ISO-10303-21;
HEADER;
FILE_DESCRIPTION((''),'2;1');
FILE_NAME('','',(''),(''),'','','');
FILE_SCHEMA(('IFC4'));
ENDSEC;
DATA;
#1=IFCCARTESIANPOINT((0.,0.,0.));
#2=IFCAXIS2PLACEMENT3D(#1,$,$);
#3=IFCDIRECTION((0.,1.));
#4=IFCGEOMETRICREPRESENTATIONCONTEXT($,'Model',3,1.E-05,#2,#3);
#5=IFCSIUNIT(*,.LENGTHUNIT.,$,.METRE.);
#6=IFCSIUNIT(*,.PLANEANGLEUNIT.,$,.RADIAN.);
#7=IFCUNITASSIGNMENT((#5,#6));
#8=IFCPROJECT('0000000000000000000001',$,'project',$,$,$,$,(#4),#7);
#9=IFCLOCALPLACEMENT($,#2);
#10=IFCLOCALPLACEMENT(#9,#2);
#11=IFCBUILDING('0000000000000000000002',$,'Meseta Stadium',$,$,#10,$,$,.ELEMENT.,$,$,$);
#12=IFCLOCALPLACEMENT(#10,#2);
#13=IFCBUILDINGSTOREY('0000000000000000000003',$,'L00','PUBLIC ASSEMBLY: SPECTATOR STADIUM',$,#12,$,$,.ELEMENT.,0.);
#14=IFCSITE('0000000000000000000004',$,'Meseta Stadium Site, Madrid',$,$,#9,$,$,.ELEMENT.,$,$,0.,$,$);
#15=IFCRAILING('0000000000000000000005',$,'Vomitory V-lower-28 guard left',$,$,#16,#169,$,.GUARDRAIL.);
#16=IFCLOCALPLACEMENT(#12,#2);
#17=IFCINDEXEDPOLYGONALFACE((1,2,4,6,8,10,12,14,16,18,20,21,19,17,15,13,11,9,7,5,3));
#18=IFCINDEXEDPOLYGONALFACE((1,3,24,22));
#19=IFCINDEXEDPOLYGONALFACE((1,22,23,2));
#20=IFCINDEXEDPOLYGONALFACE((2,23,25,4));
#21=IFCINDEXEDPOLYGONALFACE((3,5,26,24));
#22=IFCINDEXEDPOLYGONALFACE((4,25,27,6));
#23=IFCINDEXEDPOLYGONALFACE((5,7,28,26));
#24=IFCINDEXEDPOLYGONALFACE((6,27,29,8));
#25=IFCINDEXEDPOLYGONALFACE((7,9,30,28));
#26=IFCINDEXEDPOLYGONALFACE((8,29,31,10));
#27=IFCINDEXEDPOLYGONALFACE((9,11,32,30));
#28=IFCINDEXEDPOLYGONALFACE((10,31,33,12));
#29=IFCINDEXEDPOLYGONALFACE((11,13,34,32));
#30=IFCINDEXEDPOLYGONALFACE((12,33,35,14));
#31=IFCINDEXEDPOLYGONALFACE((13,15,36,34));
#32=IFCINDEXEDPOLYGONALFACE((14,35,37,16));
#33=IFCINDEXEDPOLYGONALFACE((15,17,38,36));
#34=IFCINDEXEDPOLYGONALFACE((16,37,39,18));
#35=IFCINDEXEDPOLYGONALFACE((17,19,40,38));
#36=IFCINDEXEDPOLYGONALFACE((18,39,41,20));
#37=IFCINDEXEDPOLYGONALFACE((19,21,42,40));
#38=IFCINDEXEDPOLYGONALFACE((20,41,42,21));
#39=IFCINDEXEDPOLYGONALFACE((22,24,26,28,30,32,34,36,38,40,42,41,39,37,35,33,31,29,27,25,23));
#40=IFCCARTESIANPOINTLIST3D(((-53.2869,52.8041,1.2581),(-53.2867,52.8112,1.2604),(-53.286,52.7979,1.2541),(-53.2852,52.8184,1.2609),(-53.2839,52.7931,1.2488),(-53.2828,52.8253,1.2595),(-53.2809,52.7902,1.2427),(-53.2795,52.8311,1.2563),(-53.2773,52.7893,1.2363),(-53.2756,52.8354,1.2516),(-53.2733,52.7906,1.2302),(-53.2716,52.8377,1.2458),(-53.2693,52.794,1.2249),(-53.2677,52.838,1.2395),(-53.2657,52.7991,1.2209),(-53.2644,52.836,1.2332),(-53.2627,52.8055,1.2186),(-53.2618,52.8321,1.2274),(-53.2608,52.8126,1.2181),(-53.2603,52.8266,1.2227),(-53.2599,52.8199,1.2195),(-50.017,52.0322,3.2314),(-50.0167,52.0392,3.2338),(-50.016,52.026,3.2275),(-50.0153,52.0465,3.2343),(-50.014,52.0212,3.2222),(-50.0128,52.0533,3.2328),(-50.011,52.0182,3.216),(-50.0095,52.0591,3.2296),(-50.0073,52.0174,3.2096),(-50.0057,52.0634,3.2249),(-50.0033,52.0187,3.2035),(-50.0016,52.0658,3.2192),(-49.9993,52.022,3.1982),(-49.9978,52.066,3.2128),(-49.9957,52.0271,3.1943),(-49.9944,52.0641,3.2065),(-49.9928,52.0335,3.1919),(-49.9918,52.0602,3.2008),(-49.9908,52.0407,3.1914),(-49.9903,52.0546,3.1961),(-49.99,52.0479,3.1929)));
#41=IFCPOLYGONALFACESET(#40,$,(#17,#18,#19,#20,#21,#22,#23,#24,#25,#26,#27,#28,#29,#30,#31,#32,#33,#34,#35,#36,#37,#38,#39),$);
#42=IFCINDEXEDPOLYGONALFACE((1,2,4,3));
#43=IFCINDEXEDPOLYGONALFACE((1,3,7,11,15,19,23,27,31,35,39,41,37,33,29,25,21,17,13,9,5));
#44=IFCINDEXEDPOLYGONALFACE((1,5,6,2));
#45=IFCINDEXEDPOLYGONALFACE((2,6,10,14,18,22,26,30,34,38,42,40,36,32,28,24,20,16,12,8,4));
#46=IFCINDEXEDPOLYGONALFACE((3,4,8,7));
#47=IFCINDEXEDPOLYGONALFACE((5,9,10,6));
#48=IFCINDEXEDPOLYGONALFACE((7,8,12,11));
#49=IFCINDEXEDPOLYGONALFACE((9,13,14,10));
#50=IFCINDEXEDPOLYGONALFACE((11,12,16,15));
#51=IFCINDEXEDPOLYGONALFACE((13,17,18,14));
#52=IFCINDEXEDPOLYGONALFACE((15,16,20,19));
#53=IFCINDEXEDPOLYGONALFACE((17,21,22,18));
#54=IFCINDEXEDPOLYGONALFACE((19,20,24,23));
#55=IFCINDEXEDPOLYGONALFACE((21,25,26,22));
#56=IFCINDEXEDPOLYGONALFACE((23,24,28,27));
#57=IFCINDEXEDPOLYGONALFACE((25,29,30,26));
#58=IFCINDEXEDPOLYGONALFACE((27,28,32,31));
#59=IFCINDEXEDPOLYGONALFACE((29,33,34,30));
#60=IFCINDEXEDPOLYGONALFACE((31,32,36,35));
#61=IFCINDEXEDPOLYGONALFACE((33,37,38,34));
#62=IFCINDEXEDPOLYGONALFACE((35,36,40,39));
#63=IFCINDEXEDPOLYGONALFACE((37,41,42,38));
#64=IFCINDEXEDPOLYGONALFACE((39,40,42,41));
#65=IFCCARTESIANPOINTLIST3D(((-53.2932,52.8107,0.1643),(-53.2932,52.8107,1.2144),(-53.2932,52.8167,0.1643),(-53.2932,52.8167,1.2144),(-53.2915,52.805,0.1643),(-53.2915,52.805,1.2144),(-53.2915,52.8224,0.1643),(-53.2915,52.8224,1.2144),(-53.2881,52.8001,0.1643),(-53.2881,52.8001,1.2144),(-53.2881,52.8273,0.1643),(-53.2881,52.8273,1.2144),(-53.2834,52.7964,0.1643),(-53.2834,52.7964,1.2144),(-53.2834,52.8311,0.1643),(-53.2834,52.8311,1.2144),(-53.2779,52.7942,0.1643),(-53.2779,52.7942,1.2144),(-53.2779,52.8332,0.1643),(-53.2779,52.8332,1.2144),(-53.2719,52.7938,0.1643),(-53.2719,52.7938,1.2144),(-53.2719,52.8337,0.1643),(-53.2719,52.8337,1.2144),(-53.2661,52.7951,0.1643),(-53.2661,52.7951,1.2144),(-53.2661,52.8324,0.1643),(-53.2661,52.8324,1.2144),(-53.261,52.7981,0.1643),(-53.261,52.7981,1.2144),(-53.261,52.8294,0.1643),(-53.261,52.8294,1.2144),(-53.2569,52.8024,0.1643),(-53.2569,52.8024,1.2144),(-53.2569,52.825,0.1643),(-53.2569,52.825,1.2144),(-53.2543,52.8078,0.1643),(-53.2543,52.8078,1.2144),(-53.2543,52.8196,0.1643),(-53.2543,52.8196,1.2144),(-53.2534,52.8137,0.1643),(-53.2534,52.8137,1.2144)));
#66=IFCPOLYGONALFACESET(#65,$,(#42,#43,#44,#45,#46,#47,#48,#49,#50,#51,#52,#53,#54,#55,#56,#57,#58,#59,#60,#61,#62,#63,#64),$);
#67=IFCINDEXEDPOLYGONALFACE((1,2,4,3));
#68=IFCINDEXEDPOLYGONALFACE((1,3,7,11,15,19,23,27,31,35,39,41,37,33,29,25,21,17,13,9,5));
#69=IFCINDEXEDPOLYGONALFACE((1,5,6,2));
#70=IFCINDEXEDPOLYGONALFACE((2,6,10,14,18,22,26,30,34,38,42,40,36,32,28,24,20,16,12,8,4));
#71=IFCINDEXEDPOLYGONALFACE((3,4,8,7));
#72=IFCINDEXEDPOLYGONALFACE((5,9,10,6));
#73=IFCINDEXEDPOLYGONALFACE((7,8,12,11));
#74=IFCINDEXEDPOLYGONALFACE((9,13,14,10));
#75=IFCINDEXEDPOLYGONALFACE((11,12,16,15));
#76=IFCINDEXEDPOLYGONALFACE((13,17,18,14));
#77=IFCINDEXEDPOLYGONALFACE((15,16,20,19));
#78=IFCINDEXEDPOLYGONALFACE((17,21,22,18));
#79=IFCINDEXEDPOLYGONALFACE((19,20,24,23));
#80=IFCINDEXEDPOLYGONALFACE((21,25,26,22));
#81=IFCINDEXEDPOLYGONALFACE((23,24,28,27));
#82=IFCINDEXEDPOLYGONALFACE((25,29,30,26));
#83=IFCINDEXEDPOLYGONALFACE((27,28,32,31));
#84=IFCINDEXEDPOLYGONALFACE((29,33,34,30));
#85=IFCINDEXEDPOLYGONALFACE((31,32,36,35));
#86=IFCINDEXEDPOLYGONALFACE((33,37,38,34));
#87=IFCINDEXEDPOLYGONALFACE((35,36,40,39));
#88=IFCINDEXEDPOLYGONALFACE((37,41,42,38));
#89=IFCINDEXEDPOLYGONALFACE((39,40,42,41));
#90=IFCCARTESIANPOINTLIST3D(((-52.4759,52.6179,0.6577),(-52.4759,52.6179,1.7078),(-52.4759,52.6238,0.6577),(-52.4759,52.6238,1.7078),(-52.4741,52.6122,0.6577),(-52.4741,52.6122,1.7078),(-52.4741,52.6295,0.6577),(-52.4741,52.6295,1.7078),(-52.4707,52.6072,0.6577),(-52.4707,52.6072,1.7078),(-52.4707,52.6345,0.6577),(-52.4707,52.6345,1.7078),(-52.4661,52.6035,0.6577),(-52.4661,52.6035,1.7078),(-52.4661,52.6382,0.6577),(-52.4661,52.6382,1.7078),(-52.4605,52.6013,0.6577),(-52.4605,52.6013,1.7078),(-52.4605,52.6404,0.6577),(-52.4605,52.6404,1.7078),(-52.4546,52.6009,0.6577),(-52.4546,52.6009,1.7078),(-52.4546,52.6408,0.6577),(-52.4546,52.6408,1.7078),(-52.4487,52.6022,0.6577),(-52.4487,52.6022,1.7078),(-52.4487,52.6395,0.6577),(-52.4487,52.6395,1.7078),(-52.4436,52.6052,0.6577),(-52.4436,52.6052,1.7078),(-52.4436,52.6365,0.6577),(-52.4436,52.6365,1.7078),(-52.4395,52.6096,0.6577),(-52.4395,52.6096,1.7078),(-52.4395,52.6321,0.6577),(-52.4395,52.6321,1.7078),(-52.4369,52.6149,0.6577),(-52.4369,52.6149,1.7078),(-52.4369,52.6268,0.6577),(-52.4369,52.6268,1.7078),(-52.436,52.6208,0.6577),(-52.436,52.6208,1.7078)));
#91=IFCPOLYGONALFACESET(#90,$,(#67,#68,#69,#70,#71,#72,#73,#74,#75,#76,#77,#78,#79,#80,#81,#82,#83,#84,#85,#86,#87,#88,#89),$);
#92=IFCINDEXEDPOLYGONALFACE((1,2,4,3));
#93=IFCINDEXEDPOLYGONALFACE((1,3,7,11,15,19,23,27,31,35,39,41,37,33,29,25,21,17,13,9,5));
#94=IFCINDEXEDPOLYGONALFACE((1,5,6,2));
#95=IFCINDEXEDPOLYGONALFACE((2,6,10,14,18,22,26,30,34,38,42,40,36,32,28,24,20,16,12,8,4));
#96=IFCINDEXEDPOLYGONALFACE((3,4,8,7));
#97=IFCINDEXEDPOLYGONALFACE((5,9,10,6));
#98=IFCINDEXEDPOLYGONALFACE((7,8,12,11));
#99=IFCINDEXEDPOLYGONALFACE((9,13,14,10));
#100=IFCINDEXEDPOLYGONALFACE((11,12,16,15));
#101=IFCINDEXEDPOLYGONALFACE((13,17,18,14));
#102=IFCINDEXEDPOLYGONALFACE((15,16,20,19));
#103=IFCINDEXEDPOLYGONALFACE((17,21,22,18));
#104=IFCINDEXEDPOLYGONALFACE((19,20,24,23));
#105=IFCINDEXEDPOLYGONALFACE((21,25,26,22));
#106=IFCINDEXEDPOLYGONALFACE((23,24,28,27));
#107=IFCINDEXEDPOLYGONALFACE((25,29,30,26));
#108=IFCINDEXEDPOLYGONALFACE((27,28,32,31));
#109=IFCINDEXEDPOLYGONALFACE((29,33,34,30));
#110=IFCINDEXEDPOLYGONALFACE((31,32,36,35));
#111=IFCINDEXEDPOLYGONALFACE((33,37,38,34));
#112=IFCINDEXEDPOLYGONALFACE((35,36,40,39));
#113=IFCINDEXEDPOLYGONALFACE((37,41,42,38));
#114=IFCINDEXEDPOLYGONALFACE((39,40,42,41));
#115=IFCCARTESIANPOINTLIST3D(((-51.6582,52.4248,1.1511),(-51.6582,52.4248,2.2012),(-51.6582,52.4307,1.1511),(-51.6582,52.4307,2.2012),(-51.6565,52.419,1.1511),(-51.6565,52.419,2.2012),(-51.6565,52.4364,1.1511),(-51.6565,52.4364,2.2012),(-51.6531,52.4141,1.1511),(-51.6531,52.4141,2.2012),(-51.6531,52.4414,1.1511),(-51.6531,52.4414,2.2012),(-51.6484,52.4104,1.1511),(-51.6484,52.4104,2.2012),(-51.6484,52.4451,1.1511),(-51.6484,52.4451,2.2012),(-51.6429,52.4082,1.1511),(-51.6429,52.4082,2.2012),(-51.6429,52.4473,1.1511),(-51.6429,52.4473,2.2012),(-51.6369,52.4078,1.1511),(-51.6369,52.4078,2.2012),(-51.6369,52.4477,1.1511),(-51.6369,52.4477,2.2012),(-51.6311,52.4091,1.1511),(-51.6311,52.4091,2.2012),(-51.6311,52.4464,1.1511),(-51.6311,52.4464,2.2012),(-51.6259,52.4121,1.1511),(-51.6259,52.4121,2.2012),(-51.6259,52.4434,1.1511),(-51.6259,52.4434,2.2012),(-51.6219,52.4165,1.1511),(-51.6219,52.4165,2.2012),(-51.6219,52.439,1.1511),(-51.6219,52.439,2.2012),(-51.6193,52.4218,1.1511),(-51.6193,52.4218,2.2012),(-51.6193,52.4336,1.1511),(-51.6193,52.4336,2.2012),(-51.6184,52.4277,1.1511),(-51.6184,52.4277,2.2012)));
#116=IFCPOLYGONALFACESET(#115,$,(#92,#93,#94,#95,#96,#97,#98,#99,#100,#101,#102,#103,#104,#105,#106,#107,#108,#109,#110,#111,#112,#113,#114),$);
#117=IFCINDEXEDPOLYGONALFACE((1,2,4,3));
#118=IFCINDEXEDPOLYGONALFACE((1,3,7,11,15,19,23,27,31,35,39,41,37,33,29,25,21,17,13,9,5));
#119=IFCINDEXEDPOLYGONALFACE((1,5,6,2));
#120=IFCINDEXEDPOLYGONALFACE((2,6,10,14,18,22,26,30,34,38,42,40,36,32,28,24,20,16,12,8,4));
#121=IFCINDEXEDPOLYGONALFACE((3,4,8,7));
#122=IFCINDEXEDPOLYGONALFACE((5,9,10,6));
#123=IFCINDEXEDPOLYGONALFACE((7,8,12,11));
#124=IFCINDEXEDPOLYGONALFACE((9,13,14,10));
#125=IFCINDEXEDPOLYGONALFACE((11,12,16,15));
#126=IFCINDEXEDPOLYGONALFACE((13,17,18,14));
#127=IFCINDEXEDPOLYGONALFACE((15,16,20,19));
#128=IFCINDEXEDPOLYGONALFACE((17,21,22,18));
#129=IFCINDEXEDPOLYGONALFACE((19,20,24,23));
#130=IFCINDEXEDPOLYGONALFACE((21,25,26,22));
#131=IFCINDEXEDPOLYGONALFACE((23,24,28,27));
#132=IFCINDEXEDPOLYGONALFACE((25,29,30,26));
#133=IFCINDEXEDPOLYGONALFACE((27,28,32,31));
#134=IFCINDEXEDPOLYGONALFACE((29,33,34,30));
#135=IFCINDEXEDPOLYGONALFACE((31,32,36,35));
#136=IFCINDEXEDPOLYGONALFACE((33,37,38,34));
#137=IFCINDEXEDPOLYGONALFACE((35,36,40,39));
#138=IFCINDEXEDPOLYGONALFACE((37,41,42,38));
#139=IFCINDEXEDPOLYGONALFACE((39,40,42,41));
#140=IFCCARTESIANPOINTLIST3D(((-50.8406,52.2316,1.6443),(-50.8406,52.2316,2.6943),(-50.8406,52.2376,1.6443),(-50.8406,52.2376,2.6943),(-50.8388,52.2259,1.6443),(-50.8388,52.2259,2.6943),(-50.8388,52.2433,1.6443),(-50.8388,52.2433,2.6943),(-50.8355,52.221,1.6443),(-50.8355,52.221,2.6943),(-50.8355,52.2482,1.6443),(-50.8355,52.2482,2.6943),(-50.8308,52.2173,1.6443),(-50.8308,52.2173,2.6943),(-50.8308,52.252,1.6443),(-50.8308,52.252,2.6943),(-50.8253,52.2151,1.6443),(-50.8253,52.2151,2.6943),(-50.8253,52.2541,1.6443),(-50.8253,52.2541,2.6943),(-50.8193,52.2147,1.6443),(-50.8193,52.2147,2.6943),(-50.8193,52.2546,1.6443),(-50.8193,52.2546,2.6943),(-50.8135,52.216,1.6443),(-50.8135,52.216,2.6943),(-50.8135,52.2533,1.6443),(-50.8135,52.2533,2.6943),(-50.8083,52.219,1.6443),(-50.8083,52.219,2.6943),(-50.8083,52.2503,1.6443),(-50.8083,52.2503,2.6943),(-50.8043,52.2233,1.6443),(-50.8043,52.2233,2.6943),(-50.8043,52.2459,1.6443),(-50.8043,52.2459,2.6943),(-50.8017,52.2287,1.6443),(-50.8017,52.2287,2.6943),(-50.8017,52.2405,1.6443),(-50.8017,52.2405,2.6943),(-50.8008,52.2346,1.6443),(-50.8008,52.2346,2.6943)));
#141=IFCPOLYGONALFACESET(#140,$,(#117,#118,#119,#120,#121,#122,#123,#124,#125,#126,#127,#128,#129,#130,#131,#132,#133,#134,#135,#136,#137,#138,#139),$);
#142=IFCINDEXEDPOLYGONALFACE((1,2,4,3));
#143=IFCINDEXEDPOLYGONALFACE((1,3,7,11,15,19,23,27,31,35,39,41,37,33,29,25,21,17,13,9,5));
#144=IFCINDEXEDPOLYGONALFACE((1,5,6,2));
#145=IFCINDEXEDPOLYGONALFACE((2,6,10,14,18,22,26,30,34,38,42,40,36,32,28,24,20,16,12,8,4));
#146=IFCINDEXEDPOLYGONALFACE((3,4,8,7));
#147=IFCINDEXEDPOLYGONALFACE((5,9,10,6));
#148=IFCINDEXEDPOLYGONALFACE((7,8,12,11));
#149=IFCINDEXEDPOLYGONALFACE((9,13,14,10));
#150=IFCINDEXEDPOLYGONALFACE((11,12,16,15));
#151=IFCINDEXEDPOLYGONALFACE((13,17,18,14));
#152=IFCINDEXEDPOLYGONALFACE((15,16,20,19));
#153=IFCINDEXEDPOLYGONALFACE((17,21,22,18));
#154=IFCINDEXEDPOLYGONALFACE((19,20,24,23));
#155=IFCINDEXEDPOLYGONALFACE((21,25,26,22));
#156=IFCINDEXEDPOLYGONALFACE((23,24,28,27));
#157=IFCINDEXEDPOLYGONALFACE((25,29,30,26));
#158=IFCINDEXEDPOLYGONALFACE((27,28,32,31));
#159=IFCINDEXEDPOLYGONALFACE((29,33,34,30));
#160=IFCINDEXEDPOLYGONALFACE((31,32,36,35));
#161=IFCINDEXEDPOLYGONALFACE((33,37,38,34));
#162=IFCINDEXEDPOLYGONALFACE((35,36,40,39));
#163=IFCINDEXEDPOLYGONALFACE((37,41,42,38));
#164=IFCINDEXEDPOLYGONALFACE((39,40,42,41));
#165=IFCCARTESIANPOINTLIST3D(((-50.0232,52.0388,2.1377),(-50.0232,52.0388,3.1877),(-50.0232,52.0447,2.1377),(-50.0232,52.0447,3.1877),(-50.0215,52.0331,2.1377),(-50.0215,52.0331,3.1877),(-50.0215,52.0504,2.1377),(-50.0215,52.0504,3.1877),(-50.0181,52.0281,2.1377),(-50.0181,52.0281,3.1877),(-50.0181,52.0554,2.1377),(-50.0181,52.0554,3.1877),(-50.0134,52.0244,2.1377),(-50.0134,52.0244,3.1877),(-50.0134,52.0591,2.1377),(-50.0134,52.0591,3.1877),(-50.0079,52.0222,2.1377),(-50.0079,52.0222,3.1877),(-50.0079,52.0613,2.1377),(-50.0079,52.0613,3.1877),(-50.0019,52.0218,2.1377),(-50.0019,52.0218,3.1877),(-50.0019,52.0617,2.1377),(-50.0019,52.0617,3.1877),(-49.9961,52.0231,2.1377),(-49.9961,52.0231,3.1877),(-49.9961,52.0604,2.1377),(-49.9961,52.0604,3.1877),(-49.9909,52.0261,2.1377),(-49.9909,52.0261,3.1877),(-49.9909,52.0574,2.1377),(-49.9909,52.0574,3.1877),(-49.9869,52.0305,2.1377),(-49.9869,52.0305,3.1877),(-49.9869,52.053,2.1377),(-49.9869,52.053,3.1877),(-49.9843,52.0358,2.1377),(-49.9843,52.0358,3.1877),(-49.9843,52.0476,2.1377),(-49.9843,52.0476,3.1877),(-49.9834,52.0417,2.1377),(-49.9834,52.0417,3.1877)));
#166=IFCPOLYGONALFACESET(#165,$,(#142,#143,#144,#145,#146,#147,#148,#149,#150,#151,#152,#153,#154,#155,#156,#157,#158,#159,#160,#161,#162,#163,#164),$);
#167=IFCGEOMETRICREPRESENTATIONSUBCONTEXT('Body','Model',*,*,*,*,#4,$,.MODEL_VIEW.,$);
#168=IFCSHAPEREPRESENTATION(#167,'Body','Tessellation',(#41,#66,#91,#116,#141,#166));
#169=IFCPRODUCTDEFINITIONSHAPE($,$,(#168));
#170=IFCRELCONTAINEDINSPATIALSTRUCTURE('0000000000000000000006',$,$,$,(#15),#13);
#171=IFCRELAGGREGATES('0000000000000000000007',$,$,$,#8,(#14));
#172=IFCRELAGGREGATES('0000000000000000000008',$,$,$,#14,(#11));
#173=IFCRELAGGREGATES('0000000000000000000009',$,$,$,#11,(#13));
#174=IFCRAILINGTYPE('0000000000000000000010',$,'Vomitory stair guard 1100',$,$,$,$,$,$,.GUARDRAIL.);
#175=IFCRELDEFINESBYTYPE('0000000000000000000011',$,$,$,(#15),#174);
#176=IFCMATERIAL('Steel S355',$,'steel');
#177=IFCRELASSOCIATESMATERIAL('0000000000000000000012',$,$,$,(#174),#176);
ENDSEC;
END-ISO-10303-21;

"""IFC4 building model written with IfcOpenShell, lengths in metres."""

from ifc_helpers import new_model, si_unit, direction, frame, origin, origin_2d, place, context, subcontext, project, spatial, circle, extrude, material, type_object, element, save


model = new_model("IFC4")

# Units and contexts
model_context = context("Model", 3, precision=1e-05, world=origin(), true_north=direction((0.0, 1.0)))
body_context = subcontext(model_context, "Body", "Model", "MODEL_VIEW")
ifc_project = project(units=[si_unit("LENGTHUNIT", "METRE"), si_unit("PLANEANGLEUNIT", "RADIAN")], contexts=[model_context])

# Site, building, storey
site_placement = place(None, origin())
site = spatial("IfcSite", under=ifc_project, at=site_placement, Name="Meseta Stadium Site, Madrid", CompositionType="ELEMENT", RefElevation=0.0)
building_placement = place(site_placement, origin())
building = spatial("IfcBuilding", under=site, at=building_placement, Name="Meseta Stadium", CompositionType="ELEMENT")
storey_placement = place(building_placement, origin())
storey = spatial("IfcBuildingStorey", under=building, at=storey_placement, Name="L00", Description="PUBLIC ASSEMBLY: SPECTATOR STADIUM", CompositionType="ELEMENT", Elevation=0.0)

# Railing
ifc_material_1 = material(Name="Steel S355", Category="steel")
railing_type_1 = type_object("IfcRailingType", Name="Vomitory stair guard 1100", PredefinedType="GUARDRAIL", material=ifc_material_1)
railing_1_placement = place(storey_placement, frame((-53.2734, 52.8137, 0.1643)))
element("IfcRailing", 1, at=railing_1_placement, inside=storey, type_object=railing_type_1, Name="Vomitory V-lower-28 guard left", PredefinedType="GUARDRAIL", context=body_context, shape_type="SweptSolid", body=[
    extrude(circle(Radius=0.0249, at=origin_2d()), frame((0.0, 0.0, 1.0752), z_axis=(0.839205, -0.198116, 0.506443), x_axis=(0.22976, 0.973247, 0.0)), (0.0, 0.0, 1.0), 3.8965),
    extrude(circle(Radius=0.02, at=origin_2d()), origin(), (0.0, 0.0, 1.0), 1.05),
    extrude(circle(Radius=0.02, at=origin_2d()), frame((0.8174, -0.1929, 0.4934)), (0.0, 0.0, 1.0), 1.05),
    extrude(circle(Radius=0.02, at=origin_2d()), frame((1.635, -0.386, 0.9868)), (0.0, 0.0, 1.0), 1.05),
    extrude(circle(Radius=0.02, at=origin_2d()), frame((2.4526, -0.5791, 1.48)), (0.0, 0.0, 1.0), 1.05),
    extrude(circle(Radius=0.02, at=origin_2d()), frame((3.27, -0.772, 1.9734)), (0.0, 0.0, 1.0), 1.05),
])

save(model, "model.ifc")
